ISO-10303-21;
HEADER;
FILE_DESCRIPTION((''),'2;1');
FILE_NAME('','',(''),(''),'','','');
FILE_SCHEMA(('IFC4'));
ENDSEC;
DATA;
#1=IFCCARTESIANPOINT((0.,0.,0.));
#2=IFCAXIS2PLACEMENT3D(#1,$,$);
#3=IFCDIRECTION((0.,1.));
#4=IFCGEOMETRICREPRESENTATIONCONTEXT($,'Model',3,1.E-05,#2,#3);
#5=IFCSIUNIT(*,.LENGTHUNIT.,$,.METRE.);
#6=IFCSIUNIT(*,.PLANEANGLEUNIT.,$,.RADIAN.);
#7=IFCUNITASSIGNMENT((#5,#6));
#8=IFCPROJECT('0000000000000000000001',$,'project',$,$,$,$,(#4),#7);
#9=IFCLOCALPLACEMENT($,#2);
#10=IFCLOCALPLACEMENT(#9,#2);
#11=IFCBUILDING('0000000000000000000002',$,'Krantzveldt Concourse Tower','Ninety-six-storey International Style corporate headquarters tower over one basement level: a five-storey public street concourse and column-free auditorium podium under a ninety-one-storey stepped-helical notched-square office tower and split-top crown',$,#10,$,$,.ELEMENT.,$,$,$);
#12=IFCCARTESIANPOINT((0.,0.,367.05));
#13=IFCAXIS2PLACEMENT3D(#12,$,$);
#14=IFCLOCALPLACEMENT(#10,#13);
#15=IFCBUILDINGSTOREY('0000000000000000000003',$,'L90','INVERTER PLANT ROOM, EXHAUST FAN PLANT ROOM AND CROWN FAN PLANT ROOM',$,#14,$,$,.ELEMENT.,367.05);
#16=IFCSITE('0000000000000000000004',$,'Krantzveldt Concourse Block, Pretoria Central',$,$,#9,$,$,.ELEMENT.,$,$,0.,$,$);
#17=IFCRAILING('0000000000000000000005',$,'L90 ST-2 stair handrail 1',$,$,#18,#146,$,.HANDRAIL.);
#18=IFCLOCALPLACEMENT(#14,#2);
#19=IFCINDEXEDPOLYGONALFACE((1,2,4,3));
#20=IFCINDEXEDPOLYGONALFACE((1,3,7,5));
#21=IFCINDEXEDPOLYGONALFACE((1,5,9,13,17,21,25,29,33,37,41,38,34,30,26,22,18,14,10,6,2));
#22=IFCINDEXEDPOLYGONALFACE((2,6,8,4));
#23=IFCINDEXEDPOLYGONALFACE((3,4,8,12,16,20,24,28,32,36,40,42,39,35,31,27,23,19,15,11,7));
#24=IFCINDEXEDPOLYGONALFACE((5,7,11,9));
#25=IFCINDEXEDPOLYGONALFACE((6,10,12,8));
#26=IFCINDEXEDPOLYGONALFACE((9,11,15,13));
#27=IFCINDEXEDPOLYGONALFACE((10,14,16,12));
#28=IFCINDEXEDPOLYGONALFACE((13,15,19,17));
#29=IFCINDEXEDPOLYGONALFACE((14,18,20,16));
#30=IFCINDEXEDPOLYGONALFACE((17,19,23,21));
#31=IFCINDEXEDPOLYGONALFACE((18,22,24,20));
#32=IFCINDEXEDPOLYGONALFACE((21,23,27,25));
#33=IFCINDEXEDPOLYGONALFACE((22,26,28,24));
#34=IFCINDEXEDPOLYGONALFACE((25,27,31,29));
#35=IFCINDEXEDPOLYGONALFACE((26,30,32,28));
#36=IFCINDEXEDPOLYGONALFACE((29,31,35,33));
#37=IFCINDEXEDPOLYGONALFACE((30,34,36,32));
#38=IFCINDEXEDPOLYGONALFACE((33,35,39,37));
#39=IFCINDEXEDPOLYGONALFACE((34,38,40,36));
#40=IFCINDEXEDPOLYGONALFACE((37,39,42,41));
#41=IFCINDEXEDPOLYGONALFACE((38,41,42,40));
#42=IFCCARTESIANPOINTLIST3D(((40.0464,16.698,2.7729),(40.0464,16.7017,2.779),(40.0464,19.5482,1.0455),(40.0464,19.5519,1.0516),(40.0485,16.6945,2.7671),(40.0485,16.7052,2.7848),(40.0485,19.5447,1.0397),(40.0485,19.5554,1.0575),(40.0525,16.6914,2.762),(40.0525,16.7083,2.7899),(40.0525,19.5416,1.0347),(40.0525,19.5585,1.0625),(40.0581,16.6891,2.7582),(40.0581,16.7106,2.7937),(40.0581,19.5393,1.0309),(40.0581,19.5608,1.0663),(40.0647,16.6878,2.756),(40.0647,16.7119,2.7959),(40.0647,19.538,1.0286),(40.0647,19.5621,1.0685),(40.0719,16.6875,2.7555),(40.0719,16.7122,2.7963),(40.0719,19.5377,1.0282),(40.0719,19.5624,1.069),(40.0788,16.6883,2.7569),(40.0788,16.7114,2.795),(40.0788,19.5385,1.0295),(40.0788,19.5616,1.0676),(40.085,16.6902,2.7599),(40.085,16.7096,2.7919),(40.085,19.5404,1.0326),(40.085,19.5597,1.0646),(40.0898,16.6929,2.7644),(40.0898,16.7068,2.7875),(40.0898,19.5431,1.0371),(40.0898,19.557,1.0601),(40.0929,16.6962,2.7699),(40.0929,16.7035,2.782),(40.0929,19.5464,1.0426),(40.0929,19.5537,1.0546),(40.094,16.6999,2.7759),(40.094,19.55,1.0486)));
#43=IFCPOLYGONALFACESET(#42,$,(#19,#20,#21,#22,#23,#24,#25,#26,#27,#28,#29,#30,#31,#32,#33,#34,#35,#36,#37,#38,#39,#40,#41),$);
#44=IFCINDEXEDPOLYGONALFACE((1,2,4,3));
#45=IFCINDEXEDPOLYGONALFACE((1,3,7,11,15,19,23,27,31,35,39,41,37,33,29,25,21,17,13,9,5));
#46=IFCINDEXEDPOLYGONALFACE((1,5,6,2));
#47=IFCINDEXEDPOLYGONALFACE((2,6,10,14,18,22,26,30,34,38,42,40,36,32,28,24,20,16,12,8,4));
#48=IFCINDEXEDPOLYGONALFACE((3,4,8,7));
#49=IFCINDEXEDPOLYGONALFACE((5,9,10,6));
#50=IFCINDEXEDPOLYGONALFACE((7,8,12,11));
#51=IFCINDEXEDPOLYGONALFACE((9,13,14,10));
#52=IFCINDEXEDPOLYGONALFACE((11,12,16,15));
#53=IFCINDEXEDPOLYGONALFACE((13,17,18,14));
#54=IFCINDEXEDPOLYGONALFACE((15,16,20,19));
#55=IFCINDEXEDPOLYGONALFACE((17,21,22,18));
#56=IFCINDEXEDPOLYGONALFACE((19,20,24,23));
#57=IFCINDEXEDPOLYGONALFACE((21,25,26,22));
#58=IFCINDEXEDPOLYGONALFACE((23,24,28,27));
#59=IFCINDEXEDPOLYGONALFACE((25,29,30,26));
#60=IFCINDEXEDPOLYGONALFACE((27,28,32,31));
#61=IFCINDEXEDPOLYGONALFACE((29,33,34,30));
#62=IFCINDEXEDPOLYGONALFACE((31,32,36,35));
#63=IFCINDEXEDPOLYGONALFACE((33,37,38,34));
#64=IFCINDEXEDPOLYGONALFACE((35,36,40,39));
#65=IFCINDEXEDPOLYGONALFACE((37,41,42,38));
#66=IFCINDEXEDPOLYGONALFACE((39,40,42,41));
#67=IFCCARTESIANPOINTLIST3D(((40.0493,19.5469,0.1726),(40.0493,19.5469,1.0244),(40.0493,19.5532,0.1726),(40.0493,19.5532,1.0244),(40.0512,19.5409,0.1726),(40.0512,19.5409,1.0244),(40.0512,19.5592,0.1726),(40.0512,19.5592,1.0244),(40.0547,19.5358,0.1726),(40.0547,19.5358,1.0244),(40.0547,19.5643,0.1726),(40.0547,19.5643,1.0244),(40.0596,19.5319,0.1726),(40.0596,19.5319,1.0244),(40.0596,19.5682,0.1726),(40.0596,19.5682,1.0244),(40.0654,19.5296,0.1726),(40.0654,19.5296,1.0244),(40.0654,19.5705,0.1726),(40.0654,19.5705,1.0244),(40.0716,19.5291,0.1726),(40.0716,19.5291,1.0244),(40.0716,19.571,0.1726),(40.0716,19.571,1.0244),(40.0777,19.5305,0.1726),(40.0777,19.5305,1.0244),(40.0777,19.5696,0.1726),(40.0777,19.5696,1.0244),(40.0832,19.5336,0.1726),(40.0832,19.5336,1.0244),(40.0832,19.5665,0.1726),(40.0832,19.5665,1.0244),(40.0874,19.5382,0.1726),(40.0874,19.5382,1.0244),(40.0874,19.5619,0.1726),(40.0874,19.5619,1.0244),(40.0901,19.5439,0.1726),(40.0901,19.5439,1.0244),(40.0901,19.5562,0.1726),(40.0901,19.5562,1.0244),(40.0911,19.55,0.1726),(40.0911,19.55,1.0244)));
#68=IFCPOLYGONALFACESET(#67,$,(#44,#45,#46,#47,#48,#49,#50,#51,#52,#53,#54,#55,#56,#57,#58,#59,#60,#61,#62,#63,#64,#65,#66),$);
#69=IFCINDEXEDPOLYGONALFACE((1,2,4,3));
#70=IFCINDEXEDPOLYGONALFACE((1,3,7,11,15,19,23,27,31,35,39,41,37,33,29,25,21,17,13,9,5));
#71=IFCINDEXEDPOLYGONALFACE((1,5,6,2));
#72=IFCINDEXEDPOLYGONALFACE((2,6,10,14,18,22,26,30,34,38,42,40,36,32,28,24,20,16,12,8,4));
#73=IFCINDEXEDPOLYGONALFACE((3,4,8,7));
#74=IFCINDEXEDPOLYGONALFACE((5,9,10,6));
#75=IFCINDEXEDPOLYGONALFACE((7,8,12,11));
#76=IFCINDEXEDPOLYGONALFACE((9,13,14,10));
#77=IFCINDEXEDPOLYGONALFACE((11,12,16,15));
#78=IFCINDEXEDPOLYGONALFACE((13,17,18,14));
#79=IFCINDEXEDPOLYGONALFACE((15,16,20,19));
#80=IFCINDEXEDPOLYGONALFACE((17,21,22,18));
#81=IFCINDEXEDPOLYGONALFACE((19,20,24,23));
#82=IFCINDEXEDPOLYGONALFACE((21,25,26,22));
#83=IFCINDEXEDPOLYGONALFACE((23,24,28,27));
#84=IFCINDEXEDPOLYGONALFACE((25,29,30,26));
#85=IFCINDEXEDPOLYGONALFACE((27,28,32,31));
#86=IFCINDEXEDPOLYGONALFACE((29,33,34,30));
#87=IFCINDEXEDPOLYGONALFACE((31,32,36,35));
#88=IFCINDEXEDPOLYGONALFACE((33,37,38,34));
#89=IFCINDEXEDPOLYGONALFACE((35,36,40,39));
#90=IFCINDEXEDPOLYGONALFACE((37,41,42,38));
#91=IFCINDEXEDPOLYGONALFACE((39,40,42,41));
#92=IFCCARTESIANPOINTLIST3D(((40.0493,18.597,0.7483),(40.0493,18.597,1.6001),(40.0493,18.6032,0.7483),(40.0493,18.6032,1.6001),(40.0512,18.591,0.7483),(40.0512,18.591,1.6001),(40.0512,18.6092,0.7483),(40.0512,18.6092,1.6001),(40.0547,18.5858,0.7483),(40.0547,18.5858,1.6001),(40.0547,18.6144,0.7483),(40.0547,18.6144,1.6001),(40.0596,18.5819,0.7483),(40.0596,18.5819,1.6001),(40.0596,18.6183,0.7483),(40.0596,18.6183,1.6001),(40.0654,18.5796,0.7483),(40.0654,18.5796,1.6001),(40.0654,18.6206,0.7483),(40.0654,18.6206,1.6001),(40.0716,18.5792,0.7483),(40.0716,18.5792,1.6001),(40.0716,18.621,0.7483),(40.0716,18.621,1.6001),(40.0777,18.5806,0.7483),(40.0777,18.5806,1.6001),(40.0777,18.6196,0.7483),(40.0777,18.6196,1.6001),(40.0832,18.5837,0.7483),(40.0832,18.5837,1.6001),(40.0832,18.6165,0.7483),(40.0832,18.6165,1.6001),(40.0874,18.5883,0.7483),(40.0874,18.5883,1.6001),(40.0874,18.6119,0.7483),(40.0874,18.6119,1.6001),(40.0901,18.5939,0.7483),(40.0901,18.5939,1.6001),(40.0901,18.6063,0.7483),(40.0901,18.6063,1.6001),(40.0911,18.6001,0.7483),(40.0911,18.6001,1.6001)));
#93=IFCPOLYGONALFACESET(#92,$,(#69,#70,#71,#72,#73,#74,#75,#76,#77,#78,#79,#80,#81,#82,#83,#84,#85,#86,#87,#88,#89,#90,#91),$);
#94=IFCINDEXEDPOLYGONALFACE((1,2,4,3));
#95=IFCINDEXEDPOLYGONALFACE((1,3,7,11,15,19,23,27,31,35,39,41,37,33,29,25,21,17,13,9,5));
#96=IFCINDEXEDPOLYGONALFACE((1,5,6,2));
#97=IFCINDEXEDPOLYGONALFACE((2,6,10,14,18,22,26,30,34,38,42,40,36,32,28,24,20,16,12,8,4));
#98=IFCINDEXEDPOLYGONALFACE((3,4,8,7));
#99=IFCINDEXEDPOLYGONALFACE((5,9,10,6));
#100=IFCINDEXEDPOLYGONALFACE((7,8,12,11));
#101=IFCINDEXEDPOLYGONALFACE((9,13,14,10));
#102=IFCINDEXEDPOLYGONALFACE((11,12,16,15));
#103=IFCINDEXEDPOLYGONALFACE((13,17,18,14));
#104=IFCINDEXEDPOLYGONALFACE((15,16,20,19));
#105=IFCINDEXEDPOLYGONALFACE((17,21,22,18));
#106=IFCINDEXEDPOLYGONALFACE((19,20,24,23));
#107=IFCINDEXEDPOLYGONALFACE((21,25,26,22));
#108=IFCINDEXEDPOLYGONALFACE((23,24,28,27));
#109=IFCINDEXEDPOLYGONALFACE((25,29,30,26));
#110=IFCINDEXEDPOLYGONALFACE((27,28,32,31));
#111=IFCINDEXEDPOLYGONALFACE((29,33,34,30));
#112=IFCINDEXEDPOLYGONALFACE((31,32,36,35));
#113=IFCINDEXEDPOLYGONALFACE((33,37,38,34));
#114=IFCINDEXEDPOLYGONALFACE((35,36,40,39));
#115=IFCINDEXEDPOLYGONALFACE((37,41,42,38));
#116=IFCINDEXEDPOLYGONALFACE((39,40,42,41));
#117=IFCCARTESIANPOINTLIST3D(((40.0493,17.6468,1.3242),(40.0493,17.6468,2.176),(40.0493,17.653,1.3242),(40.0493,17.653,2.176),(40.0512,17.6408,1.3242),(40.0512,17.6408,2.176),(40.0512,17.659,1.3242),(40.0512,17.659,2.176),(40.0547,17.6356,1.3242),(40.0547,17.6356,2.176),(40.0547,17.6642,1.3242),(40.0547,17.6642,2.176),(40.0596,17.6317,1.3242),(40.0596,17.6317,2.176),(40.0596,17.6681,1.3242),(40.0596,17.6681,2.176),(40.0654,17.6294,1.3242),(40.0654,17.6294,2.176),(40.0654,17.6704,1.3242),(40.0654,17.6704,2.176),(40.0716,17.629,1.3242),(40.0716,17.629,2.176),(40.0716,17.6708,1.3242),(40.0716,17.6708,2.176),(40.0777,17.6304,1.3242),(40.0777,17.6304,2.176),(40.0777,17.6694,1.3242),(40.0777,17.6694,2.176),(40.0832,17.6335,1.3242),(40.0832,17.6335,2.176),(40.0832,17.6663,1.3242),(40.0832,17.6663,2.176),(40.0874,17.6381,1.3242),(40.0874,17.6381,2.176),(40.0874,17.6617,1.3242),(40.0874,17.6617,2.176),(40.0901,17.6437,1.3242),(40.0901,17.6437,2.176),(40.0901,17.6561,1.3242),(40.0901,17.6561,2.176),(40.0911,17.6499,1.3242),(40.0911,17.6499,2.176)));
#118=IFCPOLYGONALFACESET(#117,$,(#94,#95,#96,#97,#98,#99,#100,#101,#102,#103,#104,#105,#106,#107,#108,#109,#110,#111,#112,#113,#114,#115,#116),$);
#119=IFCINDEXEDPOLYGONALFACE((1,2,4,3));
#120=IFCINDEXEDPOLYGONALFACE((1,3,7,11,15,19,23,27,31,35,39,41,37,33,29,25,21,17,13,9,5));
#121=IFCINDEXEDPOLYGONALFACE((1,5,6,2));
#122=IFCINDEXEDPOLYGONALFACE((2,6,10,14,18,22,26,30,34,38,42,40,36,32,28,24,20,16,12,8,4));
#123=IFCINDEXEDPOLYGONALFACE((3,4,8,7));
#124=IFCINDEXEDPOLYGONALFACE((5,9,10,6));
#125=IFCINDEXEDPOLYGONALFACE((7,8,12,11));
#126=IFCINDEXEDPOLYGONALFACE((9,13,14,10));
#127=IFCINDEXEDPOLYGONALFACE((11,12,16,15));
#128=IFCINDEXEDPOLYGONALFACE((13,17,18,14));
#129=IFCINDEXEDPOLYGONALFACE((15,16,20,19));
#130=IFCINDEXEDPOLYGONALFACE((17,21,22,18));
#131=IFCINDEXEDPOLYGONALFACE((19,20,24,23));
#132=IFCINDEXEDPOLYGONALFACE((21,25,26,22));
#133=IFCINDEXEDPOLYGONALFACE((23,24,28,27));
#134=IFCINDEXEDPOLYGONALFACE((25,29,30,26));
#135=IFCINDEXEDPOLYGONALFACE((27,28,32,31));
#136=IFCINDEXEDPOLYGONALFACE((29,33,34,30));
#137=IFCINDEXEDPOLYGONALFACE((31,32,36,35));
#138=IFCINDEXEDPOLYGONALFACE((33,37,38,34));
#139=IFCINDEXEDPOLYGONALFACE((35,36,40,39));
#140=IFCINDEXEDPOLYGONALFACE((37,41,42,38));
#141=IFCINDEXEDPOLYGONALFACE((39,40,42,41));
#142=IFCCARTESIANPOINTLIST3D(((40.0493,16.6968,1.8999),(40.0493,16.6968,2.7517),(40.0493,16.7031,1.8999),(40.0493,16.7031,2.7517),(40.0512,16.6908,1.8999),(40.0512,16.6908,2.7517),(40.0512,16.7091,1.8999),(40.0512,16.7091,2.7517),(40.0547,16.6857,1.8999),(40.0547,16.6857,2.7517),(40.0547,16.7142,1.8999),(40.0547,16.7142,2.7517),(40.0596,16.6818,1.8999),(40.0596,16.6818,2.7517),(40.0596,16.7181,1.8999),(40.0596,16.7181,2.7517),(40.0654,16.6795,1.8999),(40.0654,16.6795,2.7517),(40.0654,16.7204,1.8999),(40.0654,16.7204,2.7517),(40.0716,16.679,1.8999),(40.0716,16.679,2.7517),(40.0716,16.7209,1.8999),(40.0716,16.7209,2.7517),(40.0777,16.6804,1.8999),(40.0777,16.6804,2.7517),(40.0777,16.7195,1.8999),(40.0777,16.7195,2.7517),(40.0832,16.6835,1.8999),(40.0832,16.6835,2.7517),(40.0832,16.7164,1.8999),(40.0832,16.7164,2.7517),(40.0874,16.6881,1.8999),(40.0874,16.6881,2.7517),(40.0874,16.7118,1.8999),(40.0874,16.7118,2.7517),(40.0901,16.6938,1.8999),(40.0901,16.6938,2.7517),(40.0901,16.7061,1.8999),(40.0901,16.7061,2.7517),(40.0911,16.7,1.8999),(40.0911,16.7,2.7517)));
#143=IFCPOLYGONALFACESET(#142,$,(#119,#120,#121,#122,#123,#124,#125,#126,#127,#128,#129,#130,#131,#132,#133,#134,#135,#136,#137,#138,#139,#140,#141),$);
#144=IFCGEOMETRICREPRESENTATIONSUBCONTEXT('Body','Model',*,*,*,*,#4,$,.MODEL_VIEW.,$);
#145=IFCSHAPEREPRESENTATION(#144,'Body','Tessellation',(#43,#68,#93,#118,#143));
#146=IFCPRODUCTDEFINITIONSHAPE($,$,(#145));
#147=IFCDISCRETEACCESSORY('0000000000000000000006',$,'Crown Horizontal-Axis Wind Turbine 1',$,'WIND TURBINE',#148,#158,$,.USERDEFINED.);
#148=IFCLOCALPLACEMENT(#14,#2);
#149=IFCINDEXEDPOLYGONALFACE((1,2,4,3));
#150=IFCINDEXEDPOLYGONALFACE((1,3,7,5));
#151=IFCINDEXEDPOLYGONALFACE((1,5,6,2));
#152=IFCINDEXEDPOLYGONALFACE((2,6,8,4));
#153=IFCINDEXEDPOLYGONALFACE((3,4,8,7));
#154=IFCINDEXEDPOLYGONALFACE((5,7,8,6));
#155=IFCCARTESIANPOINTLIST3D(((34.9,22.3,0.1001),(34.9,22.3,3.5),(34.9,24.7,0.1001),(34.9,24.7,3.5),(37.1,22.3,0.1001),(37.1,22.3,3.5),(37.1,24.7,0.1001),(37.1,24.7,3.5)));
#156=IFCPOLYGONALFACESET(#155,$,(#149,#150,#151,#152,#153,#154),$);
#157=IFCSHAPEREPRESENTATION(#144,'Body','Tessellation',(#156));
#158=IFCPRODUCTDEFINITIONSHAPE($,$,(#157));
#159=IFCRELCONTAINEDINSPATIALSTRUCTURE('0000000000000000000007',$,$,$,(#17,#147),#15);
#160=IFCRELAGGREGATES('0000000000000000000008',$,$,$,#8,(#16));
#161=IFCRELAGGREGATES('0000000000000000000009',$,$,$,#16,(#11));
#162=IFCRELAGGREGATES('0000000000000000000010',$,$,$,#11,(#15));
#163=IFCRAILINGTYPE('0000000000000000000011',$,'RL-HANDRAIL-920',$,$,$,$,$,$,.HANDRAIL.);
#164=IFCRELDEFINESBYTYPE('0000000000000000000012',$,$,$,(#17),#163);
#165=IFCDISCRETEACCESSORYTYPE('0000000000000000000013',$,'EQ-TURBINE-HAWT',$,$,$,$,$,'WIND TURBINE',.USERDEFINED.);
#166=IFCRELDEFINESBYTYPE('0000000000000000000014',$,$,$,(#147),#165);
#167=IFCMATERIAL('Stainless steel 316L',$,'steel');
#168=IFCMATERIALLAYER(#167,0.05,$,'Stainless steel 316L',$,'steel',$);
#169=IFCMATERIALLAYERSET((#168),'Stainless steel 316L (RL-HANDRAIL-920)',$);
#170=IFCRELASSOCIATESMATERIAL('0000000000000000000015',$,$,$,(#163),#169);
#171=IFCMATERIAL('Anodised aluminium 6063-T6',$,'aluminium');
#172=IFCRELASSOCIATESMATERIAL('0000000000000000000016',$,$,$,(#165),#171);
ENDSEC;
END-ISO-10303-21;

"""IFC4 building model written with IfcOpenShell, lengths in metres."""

from ifc_helpers import new_model, si_unit, direction, frame, origin, origin_2d, place, context, subcontext, project, spatial, rectangle, circle, extrude, source, transform, mapped, material, layer, layer_set, type_object, type_shapes, element, save


model = new_model("IFC4")

# Units and contexts
model_context = context("Model", 3, precision=1e-05, world=origin(), true_north=direction((0.0, 1.0)))
body_context = subcontext(model_context, "Body", "Model", "MODEL_VIEW")
ifc_project = project(units=[si_unit("LENGTHUNIT", "METRE"), si_unit("PLANEANGLEUNIT", "RADIAN")], contexts=[model_context])

# Site, building, storey
site_placement = place(None, origin())
site = spatial("IfcSite", under=ifc_project, at=site_placement, Name="Krantzveldt Concourse Block, Pretoria Central", CompositionType="ELEMENT", RefElevation=0.0)
building_placement = place(site_placement, origin())
building = spatial("IfcBuilding", under=site, at=building_placement, Name="Krantzveldt Concourse Tower", Description="Ninety-six-storey International Style corporate headquarters tower over one basement level: a five-storey public street concourse and column-free auditorium podium under a ninety-one-storey stepped-helical notched-square office tower and split-top crown", CompositionType="ELEMENT")
storey_placement = place(building_placement, frame((0.0, 0.0, 367.05)))
storey = spatial("IfcBuildingStorey", under=building, at=storey_placement, Name="L90", Description="INVERTER PLANT ROOM, EXHAUST FAN PLANT ROOM AND CROWN FAN PLANT ROOM", CompositionType="ELEMENT", Elevation=367.05)

# Shared definitions
ifc_material_1 = material(Name="Anodised aluminium 6063-T6", Category="aluminium")

# Shared definitions
ifc_material_2 = material(Name="Stainless steel 316L", Category="steel")

# Railing
ifc_layer_1 = layer(ifc_material_2, 0.05, Name="Stainless steel 316L", Category="steel")
ifc_layer_set_1 = layer_set([ifc_layer_1], Name="Stainless steel 316L (RL-HANDRAIL-920)")
railing_type_1 = type_object("IfcRailingType", Name="RL-HANDRAIL-920", PredefinedType="HANDRAIL", material=ifc_layer_set_1)
railing_1_placement = place(storey_placement, frame((40.0701, 19.55, 0.1726)))
element("IfcRailing", 1, at=railing_1_placement, inside=storey, type_object=railing_type_1, Name="L90 ST-2 stair handrail 1", PredefinedType="HANDRAIL", context=body_context, shape_type="SweptSolid", body=[
    extrude(circle(Radius=0.0239, at=origin_2d()), frame((0.0, 0.0, 0.876), z_axis=(0.0, -0.855203, 0.518294), x_axis=(1.0, 0.0, 0.0)), (0.0, 0.0, 1.0), 3.3328),
    extrude(circle(Radius=0.021, at=origin_2d()), origin(), (0.0, 0.0, 1.0), 0.8518),
    extrude(circle(Radius=0.021, at=origin_2d()), frame((0.0, -0.95, 0.5757)), (0.0, 0.0, 1.0), 0.8518),
    extrude(circle(Radius=0.021, at=origin_2d()), frame((0.0, -1.9001, 1.1516)), (0.0, 0.0, 1.0), 0.8518),
    extrude(circle(Radius=0.021, at=origin_2d()), frame((0.0, -2.8501, 1.7273)), (0.0, 0.0, 1.0), 0.8518),
])

# Discrete accessory
discrete_accessory_type = type_object("IfcDiscreteAccessoryType", Name="EQ-TURBINE-HAWT", ElementType="WIND TURBINE", PredefinedType="USERDEFINED", material=ifc_material_1)
shared_shape_1 = source(origin(), body_context, "Body", "SweptSolid", [
    extrude(rectangle(XDim=2.2, YDim=2.3999, at=origin_2d()), origin(), (0.0, 0.0, 1.0), 3.3999),
])
type_shapes(discrete_accessory_type, [shared_shape_1])
discrete_accessory_placement = place(storey_placement, frame((36.0, 23.5, 0.1001), z_axis=(0.0, 0.0, 1.0), x_axis=(1.0, 0.0, 0.0)))
element("IfcDiscreteAccessory", 2, at=discrete_accessory_placement, inside=storey, type_object=discrete_accessory_type, Name="Crown Horizontal-Axis Wind Turbine 1", ObjectType="WIND TURBINE", PredefinedType="USERDEFINED", context=body_context, shape_type="MappedRepresentation", body=[
    mapped(shared_shape_1, transform((0.0, 0.0, 0.0), x_axis=(1.0, 0.0, 0.0), y_axis=(0.0, 1.0, 0.0), z_axis=(0.0, 0.0, 1.0), scale=1.0)),
])

save(model, "model.ifc")
